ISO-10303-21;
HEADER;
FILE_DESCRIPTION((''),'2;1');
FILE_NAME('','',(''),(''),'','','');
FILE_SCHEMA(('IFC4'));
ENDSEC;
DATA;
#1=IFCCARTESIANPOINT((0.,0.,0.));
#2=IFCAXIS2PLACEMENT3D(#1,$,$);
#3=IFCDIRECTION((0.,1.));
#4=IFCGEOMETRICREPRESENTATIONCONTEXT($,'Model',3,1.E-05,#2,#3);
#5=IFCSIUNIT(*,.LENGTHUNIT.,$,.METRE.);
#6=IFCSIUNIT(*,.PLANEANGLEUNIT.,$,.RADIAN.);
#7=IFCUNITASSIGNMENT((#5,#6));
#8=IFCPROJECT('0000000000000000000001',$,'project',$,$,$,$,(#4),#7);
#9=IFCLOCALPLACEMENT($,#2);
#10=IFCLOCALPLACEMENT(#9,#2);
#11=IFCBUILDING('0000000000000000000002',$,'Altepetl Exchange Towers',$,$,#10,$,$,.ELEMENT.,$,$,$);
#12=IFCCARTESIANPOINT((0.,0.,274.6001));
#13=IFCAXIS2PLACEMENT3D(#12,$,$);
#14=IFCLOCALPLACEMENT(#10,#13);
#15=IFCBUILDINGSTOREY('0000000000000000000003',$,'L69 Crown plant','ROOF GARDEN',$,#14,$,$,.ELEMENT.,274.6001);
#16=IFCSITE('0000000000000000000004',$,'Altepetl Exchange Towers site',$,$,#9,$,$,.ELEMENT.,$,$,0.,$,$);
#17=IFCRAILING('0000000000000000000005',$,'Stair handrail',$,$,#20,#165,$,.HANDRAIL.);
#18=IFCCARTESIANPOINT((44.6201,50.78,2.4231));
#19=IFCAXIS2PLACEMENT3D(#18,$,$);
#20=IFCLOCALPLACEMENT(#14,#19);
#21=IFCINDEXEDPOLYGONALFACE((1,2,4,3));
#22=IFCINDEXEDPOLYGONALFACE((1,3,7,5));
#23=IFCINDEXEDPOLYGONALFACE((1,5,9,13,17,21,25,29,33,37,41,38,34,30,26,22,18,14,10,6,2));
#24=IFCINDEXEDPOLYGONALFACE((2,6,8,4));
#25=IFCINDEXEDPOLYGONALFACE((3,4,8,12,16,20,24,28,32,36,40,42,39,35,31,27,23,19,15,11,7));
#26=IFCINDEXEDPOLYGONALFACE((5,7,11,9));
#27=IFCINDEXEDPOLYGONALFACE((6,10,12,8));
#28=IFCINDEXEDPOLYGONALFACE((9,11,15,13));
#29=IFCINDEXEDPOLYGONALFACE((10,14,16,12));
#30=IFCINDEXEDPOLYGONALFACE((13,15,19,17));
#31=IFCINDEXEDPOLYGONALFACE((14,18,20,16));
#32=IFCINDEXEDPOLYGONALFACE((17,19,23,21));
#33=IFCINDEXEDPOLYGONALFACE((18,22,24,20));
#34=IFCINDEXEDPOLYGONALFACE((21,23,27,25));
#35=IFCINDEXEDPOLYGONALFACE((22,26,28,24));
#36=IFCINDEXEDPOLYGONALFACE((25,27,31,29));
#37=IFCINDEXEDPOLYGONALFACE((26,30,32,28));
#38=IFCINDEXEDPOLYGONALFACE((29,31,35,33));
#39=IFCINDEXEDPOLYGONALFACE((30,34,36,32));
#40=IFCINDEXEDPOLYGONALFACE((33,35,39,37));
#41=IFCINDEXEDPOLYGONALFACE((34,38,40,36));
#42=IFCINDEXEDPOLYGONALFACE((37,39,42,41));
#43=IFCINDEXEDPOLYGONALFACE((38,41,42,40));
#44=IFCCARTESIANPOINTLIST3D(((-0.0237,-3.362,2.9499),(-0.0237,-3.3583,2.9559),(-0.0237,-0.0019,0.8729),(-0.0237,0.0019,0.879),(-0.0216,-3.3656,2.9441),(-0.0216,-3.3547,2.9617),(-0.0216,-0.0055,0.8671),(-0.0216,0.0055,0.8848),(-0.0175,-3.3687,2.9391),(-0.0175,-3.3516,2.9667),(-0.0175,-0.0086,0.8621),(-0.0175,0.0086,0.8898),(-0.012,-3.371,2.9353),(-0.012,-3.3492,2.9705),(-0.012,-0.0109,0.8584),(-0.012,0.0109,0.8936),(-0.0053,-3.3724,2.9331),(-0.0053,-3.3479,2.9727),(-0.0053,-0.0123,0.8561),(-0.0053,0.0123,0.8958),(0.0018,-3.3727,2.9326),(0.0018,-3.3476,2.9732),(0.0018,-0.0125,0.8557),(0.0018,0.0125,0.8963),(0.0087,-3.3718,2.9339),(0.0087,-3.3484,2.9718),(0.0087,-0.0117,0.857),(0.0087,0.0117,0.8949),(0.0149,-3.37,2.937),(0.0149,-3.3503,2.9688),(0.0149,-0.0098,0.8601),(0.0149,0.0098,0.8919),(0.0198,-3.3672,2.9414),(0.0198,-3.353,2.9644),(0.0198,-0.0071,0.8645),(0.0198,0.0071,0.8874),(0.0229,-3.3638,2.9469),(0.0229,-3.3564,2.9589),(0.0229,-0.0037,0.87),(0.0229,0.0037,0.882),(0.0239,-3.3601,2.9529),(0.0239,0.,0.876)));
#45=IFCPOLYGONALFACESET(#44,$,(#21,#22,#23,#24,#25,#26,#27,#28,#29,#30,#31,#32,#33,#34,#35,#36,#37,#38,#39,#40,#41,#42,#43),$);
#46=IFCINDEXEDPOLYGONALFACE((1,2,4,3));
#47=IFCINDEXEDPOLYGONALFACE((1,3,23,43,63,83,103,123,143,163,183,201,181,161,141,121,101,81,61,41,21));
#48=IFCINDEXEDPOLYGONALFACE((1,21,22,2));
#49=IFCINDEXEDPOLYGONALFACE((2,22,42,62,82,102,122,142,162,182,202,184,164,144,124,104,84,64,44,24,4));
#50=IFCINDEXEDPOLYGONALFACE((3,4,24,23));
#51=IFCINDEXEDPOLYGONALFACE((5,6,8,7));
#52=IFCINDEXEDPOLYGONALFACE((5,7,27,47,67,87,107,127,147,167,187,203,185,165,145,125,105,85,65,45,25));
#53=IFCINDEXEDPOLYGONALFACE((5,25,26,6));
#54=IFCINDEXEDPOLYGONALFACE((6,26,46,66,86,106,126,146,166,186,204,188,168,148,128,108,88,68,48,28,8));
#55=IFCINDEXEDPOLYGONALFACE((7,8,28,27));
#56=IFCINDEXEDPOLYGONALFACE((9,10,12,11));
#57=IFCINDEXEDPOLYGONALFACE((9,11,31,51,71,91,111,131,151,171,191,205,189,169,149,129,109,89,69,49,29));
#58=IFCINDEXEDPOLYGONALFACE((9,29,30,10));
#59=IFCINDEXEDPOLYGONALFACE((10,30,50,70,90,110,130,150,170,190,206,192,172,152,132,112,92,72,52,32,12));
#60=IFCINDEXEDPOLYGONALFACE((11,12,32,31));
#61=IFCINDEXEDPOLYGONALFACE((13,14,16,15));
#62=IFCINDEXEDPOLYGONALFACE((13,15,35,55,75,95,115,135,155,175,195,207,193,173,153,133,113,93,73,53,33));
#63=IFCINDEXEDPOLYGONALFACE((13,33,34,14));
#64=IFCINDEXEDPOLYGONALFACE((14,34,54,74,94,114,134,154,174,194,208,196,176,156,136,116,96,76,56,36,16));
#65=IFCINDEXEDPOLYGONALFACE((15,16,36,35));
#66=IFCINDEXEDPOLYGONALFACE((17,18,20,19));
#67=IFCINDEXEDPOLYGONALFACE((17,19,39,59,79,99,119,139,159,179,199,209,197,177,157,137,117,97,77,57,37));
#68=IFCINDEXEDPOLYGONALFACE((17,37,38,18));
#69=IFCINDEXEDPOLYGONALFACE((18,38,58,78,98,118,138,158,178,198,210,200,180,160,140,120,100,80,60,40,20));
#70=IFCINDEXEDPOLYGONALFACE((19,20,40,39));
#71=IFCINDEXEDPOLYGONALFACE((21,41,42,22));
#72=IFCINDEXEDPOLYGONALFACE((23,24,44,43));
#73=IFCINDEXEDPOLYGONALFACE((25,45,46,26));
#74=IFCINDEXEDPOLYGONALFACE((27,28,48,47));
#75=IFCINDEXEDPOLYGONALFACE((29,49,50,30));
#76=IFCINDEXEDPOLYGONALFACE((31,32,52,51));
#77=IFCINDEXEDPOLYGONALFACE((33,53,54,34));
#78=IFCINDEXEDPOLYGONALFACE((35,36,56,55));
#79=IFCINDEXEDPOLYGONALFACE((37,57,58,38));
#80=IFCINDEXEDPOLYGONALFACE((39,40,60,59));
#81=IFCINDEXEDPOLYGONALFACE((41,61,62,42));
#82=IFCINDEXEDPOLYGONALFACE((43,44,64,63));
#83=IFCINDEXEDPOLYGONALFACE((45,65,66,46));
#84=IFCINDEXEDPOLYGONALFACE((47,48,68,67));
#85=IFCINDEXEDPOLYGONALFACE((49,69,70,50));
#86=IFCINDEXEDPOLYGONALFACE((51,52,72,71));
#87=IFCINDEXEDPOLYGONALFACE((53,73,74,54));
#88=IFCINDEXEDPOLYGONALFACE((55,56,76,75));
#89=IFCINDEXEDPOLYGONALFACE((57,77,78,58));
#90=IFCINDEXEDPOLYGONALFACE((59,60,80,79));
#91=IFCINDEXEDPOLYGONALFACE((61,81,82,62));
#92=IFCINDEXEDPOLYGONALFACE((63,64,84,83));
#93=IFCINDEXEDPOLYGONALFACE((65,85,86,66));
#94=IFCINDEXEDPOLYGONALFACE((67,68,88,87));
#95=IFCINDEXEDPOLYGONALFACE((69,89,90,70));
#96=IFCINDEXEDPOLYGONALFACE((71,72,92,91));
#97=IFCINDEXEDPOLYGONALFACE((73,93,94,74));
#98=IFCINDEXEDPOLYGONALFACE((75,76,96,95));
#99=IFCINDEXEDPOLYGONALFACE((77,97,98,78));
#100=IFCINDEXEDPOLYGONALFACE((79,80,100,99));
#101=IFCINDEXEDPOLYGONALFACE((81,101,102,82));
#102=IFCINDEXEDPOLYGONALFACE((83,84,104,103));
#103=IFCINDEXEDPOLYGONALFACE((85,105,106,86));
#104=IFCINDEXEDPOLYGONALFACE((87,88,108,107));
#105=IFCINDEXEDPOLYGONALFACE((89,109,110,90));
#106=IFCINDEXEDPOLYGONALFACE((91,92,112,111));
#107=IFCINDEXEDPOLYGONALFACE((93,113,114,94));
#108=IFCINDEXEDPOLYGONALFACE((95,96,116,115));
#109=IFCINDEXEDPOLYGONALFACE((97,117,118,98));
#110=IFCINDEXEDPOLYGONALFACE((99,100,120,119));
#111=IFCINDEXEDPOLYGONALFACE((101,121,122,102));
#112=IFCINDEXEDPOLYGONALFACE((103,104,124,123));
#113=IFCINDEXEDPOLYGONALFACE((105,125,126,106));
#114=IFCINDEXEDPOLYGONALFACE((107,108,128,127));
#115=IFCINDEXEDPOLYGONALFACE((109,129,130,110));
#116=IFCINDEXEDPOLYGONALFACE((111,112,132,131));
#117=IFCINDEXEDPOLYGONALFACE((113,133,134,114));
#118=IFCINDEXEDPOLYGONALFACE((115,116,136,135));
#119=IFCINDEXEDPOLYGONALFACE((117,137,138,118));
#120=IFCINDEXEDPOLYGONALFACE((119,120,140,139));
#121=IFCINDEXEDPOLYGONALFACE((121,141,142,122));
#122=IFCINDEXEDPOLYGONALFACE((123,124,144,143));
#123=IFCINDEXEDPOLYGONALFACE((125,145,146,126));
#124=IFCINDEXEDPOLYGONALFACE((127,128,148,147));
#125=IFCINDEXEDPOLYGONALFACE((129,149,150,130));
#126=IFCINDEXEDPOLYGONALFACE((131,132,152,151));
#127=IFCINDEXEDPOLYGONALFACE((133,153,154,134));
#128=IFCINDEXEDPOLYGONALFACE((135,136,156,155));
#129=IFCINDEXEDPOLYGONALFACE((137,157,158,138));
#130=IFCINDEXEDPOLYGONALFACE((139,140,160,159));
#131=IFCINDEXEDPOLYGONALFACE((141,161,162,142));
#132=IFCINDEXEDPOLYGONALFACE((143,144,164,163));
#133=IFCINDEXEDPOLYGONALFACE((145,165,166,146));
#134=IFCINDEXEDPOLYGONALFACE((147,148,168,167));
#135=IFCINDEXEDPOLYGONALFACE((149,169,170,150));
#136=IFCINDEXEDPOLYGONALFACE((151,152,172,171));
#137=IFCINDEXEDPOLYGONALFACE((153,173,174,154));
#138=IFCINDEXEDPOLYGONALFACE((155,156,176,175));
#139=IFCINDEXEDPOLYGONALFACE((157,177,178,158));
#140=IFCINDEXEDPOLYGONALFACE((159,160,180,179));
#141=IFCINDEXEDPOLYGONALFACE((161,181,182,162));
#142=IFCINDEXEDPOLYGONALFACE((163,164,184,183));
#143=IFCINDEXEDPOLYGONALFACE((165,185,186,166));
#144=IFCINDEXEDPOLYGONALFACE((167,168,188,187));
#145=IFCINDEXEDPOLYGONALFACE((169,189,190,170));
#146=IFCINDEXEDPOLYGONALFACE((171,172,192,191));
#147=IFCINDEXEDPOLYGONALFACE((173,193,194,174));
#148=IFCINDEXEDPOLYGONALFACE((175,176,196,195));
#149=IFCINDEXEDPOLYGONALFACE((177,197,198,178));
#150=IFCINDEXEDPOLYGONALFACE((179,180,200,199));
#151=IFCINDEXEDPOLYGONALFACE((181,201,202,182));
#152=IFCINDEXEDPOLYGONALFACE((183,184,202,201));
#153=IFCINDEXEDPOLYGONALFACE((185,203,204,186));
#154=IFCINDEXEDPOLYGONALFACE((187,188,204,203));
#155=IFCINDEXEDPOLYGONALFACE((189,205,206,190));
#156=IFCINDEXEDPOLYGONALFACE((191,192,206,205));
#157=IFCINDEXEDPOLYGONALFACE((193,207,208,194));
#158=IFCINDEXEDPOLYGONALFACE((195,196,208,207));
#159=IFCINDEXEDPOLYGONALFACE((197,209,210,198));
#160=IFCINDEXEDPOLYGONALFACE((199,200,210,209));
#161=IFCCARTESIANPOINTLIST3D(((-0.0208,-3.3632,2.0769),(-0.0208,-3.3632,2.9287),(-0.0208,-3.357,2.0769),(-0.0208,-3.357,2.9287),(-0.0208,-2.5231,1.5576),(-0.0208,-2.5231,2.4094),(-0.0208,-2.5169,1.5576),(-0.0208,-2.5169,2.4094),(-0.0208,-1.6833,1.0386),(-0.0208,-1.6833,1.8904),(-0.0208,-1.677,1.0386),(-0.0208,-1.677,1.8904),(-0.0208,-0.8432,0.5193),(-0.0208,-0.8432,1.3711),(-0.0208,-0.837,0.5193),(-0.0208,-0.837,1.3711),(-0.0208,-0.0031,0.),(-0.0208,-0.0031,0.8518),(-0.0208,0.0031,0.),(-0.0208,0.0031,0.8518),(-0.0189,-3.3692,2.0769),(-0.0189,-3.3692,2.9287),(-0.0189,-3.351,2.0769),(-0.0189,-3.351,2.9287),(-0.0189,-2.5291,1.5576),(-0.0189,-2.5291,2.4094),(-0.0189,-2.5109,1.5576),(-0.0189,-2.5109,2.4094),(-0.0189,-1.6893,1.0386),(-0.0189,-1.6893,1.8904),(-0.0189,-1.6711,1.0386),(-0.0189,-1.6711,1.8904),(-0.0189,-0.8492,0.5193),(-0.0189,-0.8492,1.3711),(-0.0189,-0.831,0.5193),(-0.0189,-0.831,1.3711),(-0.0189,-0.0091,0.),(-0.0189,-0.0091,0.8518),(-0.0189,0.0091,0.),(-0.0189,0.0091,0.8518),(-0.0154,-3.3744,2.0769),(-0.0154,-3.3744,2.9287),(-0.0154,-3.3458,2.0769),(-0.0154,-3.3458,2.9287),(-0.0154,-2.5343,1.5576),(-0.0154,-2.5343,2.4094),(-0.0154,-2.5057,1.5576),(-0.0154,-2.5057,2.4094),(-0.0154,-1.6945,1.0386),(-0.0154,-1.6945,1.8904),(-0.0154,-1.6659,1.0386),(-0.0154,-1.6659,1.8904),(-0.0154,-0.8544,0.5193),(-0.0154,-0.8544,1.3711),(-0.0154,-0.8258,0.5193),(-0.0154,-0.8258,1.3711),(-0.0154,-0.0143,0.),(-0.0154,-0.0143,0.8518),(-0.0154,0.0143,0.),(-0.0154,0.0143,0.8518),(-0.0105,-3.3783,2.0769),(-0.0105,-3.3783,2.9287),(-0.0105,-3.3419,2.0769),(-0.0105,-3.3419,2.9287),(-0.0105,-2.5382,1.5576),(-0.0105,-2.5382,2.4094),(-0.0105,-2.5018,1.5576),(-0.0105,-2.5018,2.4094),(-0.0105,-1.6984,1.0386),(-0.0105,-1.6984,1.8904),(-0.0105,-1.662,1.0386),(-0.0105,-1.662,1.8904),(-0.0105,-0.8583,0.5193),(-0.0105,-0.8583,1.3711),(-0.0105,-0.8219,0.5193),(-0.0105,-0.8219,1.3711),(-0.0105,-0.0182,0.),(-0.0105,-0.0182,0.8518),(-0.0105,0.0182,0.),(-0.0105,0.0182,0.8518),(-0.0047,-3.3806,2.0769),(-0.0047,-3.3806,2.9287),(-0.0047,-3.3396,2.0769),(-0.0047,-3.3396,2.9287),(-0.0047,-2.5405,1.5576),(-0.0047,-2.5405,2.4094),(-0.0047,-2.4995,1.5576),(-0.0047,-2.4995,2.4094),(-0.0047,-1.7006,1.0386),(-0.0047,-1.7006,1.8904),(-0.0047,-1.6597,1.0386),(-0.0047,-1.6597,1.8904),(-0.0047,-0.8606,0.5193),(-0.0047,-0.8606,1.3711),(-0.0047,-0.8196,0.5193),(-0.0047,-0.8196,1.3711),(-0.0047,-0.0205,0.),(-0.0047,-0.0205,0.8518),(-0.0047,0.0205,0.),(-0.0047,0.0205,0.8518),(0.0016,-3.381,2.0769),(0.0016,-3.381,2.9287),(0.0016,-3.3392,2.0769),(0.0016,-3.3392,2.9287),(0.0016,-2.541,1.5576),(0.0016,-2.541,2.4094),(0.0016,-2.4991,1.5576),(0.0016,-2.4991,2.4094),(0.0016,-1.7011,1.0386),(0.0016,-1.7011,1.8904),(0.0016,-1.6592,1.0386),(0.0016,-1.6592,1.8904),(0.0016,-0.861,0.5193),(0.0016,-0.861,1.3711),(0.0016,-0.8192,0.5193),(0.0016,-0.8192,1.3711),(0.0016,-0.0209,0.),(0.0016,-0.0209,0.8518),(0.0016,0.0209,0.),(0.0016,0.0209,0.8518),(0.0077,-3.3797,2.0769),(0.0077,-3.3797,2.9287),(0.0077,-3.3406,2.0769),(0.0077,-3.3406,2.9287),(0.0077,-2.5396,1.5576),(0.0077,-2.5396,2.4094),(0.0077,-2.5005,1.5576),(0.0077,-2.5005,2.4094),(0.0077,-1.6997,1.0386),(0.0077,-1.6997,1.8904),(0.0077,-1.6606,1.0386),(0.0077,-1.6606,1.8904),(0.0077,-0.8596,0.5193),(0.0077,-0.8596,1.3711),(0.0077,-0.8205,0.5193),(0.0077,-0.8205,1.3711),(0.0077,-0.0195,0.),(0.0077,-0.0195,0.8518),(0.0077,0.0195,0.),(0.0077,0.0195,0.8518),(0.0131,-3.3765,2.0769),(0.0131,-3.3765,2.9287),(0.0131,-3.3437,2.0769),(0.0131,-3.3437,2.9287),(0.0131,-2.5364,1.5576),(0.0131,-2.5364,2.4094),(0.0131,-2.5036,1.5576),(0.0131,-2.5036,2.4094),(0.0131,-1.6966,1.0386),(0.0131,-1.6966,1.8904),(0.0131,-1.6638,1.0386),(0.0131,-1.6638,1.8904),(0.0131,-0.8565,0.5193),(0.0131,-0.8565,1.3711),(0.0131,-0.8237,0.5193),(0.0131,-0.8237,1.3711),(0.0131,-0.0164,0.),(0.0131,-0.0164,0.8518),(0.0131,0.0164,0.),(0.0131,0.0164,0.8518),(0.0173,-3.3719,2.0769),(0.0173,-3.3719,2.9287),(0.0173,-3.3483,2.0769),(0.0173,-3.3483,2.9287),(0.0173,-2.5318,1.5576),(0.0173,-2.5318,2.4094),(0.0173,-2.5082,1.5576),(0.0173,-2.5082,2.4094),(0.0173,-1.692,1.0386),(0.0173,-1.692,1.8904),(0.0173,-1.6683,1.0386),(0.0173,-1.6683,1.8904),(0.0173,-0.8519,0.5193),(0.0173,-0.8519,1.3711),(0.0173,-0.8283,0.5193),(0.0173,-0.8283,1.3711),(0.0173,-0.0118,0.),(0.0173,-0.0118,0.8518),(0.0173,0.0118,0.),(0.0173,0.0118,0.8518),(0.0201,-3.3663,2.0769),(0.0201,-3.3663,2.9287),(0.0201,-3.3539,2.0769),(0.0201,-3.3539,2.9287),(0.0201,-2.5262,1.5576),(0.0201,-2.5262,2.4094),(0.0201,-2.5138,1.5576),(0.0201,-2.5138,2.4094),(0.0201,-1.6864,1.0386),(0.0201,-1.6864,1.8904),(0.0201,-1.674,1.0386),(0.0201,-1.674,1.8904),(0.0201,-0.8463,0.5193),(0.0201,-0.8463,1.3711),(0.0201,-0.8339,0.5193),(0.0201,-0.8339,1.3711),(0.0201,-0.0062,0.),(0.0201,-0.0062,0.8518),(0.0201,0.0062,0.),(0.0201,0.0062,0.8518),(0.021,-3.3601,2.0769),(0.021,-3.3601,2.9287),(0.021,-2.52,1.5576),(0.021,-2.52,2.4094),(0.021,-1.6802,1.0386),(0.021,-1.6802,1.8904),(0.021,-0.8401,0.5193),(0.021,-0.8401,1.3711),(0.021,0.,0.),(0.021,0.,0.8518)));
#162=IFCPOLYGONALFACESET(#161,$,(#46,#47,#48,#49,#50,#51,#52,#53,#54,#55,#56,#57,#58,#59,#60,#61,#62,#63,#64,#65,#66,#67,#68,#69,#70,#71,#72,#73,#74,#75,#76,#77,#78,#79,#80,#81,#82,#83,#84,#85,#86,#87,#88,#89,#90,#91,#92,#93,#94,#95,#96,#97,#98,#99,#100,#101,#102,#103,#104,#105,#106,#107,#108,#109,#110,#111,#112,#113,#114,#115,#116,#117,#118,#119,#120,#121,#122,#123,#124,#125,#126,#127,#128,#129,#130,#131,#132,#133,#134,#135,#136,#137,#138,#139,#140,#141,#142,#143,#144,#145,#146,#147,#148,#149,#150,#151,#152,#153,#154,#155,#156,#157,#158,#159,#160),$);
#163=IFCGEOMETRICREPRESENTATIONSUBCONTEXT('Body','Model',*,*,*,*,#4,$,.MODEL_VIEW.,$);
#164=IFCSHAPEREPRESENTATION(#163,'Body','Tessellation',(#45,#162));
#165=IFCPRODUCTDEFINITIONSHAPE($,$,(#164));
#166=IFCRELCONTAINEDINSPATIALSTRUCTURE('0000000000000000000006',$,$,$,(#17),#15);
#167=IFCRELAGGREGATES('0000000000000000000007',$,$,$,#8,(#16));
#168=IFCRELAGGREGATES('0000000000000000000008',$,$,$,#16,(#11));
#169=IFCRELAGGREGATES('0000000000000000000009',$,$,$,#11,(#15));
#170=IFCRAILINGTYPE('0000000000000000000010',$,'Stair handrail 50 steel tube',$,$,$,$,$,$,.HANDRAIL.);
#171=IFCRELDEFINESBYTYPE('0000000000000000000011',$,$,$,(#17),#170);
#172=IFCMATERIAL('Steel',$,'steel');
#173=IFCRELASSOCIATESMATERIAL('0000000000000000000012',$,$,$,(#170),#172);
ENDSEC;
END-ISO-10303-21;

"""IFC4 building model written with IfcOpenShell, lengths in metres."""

from ifc_helpers import new_model, si_unit, direction, frame, origin, origin_2d, place, context, subcontext, project, spatial, circle, extrude, source, transform, mapped, material, type_object, element, save


model = new_model("IFC4")

# Units and contexts
model_context = context("Model", 3, precision=1e-05, world=origin(), true_north=direction((0.0, 1.0)))
body_context = subcontext(model_context, "Body", "Model", "MODEL_VIEW")
ifc_project = project(units=[si_unit("LENGTHUNIT", "METRE"), si_unit("PLANEANGLEUNIT", "RADIAN")], contexts=[model_context])

# Site, building, storey
site_placement = place(None, origin())
site = spatial("IfcSite", under=ifc_project, at=site_placement, Name="Altepetl Exchange Towers site", CompositionType="ELEMENT", RefElevation=0.0)
building_placement = place(site_placement, origin())
building = spatial("IfcBuilding", under=site, at=building_placement, Name="Altepetl Exchange Towers", CompositionType="ELEMENT")
storey_placement = place(building_placement, frame((0.0, 0.0, 274.6001)))
storey = spatial("IfcBuildingStorey", under=building, at=storey_placement, Name="L69 Crown plant", Description="ROOF GARDEN", CompositionType="ELEMENT", Elevation=274.6001)

# Railing
ifc_material_1 = material(Name="Steel", Category="steel")
railing_type = type_object("IfcRailingType", Name="Stair handrail 50 steel tube", PredefinedType="HANDRAIL", material=ifc_material_1)
shared_shape = source(origin(), body_context, "Body", "SweptSolid", [
    extrude(circle(Radius=0.021, at=origin_2d()), origin(), (0.0, 0.0, 1.0), 0.8518),
])
for number, where, name in (
    (1, (44.6201, 50.78, 2.4231), "Stair handrail"),
):
    element("IfcRailing", number, at=place(storey_placement, frame(where)), inside=storey, type_object=railing_type, Name=name, PredefinedType="HANDRAIL", context=body_context, shape_type="SweptSolid", body=[
        extrude(circle(Radius=0.0239, at=origin_2d()), frame((0.0, 0.0, 0.876), z_axis=(0.0, -0.850623, 0.525776), x_axis=(1.0, 0.0, 0.0)), (0.0, 0.0, 1.0), 3.9502),
        mapped(shared_shape, transform((0.0, 0.0, 0.0))),
        mapped(shared_shape, transform((0.0, -0.8401, 0.5193))),
        mapped(shared_shape, transform((0.0, -1.6802, 1.0386))),
        mapped(shared_shape, transform((0.0, -2.52, 1.5576))),
        mapped(shared_shape, transform((0.0, -3.3601, 2.0769))),
    ])

save(model, "model.ifc")
